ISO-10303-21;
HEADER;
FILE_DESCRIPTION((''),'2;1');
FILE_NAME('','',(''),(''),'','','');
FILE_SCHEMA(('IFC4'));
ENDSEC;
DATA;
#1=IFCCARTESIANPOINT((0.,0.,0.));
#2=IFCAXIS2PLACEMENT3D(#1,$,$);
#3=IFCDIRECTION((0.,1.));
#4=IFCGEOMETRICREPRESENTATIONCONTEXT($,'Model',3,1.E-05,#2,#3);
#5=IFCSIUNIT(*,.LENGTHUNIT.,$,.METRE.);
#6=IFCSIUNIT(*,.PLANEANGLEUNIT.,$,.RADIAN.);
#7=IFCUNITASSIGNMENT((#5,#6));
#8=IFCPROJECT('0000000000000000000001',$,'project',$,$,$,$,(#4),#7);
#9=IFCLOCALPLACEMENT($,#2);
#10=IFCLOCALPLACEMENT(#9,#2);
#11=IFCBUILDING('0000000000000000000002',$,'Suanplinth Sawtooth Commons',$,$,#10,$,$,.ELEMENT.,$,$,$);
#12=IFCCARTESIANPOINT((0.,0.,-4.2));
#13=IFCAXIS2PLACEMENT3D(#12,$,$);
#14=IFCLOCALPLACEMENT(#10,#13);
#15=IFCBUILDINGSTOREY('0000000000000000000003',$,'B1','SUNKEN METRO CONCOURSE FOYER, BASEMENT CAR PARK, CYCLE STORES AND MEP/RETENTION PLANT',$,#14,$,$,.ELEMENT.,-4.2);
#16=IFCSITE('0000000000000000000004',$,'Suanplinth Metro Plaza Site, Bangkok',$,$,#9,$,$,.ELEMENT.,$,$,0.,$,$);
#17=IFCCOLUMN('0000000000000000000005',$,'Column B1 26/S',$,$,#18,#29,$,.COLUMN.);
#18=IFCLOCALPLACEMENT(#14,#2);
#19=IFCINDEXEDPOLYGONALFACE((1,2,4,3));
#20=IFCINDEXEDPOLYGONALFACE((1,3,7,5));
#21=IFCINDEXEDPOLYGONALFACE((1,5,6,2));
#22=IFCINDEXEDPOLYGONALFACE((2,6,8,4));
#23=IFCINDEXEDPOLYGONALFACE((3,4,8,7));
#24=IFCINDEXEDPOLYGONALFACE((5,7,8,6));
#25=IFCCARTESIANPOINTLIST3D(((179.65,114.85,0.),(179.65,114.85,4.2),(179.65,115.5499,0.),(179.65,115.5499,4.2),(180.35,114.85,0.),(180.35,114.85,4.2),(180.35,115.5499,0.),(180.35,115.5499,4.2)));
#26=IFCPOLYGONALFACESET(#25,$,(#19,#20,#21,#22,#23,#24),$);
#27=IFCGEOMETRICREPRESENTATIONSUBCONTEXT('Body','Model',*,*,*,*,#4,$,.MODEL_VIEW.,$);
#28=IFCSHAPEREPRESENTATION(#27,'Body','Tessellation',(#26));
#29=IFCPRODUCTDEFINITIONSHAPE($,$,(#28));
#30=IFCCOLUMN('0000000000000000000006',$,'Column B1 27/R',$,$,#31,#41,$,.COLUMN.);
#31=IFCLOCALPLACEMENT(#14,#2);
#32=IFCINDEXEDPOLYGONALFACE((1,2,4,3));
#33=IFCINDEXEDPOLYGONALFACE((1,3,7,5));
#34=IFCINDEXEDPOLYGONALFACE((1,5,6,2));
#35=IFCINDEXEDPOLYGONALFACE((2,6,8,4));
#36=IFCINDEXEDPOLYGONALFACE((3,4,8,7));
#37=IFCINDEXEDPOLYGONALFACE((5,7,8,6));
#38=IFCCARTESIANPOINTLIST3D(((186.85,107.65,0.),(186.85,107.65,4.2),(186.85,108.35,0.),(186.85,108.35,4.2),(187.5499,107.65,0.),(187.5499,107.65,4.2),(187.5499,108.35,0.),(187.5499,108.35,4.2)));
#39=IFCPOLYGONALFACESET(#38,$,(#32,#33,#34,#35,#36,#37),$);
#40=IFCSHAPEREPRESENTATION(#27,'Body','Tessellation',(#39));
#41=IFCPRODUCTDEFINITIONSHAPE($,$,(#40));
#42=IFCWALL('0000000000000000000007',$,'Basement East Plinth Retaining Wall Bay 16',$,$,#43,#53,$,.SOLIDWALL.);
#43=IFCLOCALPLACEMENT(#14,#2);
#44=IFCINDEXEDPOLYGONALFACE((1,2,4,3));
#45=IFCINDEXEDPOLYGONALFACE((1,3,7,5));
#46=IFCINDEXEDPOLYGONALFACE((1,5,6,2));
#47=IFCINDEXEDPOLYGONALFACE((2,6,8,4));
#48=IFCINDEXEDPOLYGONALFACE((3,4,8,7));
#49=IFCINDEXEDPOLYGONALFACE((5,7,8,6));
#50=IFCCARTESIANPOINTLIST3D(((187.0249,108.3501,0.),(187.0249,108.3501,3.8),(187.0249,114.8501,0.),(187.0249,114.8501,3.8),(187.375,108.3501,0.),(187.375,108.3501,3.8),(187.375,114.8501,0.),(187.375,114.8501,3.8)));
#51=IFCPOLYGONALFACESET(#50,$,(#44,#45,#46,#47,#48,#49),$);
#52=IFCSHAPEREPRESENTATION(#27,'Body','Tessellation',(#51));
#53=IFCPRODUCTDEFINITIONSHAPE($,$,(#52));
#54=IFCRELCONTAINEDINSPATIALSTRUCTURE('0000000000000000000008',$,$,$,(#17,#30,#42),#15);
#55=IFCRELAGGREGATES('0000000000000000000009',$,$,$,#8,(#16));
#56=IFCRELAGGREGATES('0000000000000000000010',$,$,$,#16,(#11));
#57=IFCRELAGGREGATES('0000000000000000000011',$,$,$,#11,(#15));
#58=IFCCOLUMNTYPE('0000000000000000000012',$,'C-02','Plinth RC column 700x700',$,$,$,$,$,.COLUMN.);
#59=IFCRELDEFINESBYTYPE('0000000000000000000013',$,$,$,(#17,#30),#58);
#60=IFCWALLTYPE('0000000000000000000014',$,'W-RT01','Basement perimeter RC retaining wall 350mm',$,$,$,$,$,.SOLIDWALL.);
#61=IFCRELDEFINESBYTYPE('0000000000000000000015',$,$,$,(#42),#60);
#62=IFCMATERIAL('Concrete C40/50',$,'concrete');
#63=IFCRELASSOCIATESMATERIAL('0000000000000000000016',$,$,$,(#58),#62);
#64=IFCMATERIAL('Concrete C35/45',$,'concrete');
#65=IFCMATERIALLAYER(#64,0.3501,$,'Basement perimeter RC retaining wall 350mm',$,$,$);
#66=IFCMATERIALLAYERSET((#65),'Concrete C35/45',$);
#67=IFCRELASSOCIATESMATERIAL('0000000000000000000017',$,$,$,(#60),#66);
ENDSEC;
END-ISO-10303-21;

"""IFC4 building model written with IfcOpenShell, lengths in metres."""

from ifc_helpers import new_model, si_unit, direction, frame, frame_2d, origin, origin_2d, place, context, subcontext, project, spatial, rectangle, extrude, material, layer, layer_set, material_profile, profile_set, type_object, element, save


model = new_model("IFC4")

# Units and contexts
model_context = context("Model", 3, precision=1e-05, world=origin(), true_north=direction((0.0, 1.0)))
body_context = subcontext(model_context, "Body", "Model", "MODEL_VIEW")
ifc_project = project(units=[si_unit("LENGTHUNIT", "METRE"), si_unit("PLANEANGLEUNIT", "RADIAN")], contexts=[model_context])

# Site, building, storey
site_placement = place(None, origin())
site = spatial("IfcSite", under=ifc_project, at=site_placement, Name="Suanplinth Metro Plaza Site, Bangkok", CompositionType="ELEMENT", RefElevation=0.0)
building_placement = place(site_placement, origin())
building = spatial("IfcBuilding", under=site, at=building_placement, Name="Suanplinth Sawtooth Commons", CompositionType="ELEMENT")
storey_placement = place(building_placement, frame((0.0, 0.0, -4.2)))
storey = spatial("IfcBuildingStorey", under=building, at=storey_placement, Name="B1", Description="SUNKEN METRO CONCOURSE FOYER, BASEMENT CAR PARK, CYCLE STORES AND MEP/RETENTION PLANT", CompositionType="ELEMENT", Elevation=-4.2)

# Shared definitions
ifc_material_1 = material(Name="Concrete C35/45", Category="concrete")

# Columns
ifc_material_2 = material(Name="Concrete C40/50", Category="concrete")
ifc_material_profile_1 = material_profile(ifc_material_2, rectangle(XDim=0.7, YDim=0.7, at=origin_2d()), Name="RC-COL 700x700")
ifc_profile_set_1 = profile_set([ifc_material_profile_1], Name="Concrete C40/50")
column_type = type_object("IfcColumnType", Name="C-02", Description="Plinth RC column 700x700", PredefinedType="COLUMN", material=ifc_profile_set_1)
for number, where, z_axis, x_axis, name in (
    (1, (180.0, 115.2, 0.0), (0.0, 0.0, 1.0), (1.0, 0.0, 0.0), "Column B1 26/S"),
    (2, (187.2, 108.0, 0.0), (0.0, 0.0, 1.0), (1.0, 0.0, 0.0), "Column B1 27/R"),
):
    element("IfcColumn", number, at=place(storey_placement, frame(where, z_axis=z_axis, x_axis=x_axis)), inside=storey, type_object=column_type, Name=name, PredefinedType="COLUMN", context=body_context, shape_type="SweptSolid", body=[
        extrude(rectangle(XDim=0.7, YDim=0.7, at=origin_2d()), origin(), (0.0, 0.0, 1.0), 4.2),
    ])

# Wall
ifc_layer = layer(ifc_material_1, 0.3501, Name="Basement perimeter RC retaining wall 350mm")
ifc_layer_set = layer_set([ifc_layer], Name="Concrete C35/45")
wall_type = type_object("IfcWallType", Name="W-RT01", Description="Basement perimeter RC retaining wall 350mm", PredefinedType="SOLIDWALL", material=ifc_layer_set)
wall_placement = place(storey_placement, frame((187.2, 108.3501, 0.0), z_axis=(0.0, 0.0, 1.0), x_axis=(0.0, 1.0, 0.0)))
element("IfcWall", 3, at=wall_placement, inside=storey, type_object=wall_type, Name="Basement East Plinth Retaining Wall Bay 16", PredefinedType="SOLIDWALL", context=body_context, shape_type="SweptSolid", body=[
    extrude(rectangle(XDim=6.5, YDim=0.3501, at=frame_2d((3.25, 0.0))), origin(), (0.0, 0.0, 1.0), 3.8),
])

save(model, "model.ifc")
